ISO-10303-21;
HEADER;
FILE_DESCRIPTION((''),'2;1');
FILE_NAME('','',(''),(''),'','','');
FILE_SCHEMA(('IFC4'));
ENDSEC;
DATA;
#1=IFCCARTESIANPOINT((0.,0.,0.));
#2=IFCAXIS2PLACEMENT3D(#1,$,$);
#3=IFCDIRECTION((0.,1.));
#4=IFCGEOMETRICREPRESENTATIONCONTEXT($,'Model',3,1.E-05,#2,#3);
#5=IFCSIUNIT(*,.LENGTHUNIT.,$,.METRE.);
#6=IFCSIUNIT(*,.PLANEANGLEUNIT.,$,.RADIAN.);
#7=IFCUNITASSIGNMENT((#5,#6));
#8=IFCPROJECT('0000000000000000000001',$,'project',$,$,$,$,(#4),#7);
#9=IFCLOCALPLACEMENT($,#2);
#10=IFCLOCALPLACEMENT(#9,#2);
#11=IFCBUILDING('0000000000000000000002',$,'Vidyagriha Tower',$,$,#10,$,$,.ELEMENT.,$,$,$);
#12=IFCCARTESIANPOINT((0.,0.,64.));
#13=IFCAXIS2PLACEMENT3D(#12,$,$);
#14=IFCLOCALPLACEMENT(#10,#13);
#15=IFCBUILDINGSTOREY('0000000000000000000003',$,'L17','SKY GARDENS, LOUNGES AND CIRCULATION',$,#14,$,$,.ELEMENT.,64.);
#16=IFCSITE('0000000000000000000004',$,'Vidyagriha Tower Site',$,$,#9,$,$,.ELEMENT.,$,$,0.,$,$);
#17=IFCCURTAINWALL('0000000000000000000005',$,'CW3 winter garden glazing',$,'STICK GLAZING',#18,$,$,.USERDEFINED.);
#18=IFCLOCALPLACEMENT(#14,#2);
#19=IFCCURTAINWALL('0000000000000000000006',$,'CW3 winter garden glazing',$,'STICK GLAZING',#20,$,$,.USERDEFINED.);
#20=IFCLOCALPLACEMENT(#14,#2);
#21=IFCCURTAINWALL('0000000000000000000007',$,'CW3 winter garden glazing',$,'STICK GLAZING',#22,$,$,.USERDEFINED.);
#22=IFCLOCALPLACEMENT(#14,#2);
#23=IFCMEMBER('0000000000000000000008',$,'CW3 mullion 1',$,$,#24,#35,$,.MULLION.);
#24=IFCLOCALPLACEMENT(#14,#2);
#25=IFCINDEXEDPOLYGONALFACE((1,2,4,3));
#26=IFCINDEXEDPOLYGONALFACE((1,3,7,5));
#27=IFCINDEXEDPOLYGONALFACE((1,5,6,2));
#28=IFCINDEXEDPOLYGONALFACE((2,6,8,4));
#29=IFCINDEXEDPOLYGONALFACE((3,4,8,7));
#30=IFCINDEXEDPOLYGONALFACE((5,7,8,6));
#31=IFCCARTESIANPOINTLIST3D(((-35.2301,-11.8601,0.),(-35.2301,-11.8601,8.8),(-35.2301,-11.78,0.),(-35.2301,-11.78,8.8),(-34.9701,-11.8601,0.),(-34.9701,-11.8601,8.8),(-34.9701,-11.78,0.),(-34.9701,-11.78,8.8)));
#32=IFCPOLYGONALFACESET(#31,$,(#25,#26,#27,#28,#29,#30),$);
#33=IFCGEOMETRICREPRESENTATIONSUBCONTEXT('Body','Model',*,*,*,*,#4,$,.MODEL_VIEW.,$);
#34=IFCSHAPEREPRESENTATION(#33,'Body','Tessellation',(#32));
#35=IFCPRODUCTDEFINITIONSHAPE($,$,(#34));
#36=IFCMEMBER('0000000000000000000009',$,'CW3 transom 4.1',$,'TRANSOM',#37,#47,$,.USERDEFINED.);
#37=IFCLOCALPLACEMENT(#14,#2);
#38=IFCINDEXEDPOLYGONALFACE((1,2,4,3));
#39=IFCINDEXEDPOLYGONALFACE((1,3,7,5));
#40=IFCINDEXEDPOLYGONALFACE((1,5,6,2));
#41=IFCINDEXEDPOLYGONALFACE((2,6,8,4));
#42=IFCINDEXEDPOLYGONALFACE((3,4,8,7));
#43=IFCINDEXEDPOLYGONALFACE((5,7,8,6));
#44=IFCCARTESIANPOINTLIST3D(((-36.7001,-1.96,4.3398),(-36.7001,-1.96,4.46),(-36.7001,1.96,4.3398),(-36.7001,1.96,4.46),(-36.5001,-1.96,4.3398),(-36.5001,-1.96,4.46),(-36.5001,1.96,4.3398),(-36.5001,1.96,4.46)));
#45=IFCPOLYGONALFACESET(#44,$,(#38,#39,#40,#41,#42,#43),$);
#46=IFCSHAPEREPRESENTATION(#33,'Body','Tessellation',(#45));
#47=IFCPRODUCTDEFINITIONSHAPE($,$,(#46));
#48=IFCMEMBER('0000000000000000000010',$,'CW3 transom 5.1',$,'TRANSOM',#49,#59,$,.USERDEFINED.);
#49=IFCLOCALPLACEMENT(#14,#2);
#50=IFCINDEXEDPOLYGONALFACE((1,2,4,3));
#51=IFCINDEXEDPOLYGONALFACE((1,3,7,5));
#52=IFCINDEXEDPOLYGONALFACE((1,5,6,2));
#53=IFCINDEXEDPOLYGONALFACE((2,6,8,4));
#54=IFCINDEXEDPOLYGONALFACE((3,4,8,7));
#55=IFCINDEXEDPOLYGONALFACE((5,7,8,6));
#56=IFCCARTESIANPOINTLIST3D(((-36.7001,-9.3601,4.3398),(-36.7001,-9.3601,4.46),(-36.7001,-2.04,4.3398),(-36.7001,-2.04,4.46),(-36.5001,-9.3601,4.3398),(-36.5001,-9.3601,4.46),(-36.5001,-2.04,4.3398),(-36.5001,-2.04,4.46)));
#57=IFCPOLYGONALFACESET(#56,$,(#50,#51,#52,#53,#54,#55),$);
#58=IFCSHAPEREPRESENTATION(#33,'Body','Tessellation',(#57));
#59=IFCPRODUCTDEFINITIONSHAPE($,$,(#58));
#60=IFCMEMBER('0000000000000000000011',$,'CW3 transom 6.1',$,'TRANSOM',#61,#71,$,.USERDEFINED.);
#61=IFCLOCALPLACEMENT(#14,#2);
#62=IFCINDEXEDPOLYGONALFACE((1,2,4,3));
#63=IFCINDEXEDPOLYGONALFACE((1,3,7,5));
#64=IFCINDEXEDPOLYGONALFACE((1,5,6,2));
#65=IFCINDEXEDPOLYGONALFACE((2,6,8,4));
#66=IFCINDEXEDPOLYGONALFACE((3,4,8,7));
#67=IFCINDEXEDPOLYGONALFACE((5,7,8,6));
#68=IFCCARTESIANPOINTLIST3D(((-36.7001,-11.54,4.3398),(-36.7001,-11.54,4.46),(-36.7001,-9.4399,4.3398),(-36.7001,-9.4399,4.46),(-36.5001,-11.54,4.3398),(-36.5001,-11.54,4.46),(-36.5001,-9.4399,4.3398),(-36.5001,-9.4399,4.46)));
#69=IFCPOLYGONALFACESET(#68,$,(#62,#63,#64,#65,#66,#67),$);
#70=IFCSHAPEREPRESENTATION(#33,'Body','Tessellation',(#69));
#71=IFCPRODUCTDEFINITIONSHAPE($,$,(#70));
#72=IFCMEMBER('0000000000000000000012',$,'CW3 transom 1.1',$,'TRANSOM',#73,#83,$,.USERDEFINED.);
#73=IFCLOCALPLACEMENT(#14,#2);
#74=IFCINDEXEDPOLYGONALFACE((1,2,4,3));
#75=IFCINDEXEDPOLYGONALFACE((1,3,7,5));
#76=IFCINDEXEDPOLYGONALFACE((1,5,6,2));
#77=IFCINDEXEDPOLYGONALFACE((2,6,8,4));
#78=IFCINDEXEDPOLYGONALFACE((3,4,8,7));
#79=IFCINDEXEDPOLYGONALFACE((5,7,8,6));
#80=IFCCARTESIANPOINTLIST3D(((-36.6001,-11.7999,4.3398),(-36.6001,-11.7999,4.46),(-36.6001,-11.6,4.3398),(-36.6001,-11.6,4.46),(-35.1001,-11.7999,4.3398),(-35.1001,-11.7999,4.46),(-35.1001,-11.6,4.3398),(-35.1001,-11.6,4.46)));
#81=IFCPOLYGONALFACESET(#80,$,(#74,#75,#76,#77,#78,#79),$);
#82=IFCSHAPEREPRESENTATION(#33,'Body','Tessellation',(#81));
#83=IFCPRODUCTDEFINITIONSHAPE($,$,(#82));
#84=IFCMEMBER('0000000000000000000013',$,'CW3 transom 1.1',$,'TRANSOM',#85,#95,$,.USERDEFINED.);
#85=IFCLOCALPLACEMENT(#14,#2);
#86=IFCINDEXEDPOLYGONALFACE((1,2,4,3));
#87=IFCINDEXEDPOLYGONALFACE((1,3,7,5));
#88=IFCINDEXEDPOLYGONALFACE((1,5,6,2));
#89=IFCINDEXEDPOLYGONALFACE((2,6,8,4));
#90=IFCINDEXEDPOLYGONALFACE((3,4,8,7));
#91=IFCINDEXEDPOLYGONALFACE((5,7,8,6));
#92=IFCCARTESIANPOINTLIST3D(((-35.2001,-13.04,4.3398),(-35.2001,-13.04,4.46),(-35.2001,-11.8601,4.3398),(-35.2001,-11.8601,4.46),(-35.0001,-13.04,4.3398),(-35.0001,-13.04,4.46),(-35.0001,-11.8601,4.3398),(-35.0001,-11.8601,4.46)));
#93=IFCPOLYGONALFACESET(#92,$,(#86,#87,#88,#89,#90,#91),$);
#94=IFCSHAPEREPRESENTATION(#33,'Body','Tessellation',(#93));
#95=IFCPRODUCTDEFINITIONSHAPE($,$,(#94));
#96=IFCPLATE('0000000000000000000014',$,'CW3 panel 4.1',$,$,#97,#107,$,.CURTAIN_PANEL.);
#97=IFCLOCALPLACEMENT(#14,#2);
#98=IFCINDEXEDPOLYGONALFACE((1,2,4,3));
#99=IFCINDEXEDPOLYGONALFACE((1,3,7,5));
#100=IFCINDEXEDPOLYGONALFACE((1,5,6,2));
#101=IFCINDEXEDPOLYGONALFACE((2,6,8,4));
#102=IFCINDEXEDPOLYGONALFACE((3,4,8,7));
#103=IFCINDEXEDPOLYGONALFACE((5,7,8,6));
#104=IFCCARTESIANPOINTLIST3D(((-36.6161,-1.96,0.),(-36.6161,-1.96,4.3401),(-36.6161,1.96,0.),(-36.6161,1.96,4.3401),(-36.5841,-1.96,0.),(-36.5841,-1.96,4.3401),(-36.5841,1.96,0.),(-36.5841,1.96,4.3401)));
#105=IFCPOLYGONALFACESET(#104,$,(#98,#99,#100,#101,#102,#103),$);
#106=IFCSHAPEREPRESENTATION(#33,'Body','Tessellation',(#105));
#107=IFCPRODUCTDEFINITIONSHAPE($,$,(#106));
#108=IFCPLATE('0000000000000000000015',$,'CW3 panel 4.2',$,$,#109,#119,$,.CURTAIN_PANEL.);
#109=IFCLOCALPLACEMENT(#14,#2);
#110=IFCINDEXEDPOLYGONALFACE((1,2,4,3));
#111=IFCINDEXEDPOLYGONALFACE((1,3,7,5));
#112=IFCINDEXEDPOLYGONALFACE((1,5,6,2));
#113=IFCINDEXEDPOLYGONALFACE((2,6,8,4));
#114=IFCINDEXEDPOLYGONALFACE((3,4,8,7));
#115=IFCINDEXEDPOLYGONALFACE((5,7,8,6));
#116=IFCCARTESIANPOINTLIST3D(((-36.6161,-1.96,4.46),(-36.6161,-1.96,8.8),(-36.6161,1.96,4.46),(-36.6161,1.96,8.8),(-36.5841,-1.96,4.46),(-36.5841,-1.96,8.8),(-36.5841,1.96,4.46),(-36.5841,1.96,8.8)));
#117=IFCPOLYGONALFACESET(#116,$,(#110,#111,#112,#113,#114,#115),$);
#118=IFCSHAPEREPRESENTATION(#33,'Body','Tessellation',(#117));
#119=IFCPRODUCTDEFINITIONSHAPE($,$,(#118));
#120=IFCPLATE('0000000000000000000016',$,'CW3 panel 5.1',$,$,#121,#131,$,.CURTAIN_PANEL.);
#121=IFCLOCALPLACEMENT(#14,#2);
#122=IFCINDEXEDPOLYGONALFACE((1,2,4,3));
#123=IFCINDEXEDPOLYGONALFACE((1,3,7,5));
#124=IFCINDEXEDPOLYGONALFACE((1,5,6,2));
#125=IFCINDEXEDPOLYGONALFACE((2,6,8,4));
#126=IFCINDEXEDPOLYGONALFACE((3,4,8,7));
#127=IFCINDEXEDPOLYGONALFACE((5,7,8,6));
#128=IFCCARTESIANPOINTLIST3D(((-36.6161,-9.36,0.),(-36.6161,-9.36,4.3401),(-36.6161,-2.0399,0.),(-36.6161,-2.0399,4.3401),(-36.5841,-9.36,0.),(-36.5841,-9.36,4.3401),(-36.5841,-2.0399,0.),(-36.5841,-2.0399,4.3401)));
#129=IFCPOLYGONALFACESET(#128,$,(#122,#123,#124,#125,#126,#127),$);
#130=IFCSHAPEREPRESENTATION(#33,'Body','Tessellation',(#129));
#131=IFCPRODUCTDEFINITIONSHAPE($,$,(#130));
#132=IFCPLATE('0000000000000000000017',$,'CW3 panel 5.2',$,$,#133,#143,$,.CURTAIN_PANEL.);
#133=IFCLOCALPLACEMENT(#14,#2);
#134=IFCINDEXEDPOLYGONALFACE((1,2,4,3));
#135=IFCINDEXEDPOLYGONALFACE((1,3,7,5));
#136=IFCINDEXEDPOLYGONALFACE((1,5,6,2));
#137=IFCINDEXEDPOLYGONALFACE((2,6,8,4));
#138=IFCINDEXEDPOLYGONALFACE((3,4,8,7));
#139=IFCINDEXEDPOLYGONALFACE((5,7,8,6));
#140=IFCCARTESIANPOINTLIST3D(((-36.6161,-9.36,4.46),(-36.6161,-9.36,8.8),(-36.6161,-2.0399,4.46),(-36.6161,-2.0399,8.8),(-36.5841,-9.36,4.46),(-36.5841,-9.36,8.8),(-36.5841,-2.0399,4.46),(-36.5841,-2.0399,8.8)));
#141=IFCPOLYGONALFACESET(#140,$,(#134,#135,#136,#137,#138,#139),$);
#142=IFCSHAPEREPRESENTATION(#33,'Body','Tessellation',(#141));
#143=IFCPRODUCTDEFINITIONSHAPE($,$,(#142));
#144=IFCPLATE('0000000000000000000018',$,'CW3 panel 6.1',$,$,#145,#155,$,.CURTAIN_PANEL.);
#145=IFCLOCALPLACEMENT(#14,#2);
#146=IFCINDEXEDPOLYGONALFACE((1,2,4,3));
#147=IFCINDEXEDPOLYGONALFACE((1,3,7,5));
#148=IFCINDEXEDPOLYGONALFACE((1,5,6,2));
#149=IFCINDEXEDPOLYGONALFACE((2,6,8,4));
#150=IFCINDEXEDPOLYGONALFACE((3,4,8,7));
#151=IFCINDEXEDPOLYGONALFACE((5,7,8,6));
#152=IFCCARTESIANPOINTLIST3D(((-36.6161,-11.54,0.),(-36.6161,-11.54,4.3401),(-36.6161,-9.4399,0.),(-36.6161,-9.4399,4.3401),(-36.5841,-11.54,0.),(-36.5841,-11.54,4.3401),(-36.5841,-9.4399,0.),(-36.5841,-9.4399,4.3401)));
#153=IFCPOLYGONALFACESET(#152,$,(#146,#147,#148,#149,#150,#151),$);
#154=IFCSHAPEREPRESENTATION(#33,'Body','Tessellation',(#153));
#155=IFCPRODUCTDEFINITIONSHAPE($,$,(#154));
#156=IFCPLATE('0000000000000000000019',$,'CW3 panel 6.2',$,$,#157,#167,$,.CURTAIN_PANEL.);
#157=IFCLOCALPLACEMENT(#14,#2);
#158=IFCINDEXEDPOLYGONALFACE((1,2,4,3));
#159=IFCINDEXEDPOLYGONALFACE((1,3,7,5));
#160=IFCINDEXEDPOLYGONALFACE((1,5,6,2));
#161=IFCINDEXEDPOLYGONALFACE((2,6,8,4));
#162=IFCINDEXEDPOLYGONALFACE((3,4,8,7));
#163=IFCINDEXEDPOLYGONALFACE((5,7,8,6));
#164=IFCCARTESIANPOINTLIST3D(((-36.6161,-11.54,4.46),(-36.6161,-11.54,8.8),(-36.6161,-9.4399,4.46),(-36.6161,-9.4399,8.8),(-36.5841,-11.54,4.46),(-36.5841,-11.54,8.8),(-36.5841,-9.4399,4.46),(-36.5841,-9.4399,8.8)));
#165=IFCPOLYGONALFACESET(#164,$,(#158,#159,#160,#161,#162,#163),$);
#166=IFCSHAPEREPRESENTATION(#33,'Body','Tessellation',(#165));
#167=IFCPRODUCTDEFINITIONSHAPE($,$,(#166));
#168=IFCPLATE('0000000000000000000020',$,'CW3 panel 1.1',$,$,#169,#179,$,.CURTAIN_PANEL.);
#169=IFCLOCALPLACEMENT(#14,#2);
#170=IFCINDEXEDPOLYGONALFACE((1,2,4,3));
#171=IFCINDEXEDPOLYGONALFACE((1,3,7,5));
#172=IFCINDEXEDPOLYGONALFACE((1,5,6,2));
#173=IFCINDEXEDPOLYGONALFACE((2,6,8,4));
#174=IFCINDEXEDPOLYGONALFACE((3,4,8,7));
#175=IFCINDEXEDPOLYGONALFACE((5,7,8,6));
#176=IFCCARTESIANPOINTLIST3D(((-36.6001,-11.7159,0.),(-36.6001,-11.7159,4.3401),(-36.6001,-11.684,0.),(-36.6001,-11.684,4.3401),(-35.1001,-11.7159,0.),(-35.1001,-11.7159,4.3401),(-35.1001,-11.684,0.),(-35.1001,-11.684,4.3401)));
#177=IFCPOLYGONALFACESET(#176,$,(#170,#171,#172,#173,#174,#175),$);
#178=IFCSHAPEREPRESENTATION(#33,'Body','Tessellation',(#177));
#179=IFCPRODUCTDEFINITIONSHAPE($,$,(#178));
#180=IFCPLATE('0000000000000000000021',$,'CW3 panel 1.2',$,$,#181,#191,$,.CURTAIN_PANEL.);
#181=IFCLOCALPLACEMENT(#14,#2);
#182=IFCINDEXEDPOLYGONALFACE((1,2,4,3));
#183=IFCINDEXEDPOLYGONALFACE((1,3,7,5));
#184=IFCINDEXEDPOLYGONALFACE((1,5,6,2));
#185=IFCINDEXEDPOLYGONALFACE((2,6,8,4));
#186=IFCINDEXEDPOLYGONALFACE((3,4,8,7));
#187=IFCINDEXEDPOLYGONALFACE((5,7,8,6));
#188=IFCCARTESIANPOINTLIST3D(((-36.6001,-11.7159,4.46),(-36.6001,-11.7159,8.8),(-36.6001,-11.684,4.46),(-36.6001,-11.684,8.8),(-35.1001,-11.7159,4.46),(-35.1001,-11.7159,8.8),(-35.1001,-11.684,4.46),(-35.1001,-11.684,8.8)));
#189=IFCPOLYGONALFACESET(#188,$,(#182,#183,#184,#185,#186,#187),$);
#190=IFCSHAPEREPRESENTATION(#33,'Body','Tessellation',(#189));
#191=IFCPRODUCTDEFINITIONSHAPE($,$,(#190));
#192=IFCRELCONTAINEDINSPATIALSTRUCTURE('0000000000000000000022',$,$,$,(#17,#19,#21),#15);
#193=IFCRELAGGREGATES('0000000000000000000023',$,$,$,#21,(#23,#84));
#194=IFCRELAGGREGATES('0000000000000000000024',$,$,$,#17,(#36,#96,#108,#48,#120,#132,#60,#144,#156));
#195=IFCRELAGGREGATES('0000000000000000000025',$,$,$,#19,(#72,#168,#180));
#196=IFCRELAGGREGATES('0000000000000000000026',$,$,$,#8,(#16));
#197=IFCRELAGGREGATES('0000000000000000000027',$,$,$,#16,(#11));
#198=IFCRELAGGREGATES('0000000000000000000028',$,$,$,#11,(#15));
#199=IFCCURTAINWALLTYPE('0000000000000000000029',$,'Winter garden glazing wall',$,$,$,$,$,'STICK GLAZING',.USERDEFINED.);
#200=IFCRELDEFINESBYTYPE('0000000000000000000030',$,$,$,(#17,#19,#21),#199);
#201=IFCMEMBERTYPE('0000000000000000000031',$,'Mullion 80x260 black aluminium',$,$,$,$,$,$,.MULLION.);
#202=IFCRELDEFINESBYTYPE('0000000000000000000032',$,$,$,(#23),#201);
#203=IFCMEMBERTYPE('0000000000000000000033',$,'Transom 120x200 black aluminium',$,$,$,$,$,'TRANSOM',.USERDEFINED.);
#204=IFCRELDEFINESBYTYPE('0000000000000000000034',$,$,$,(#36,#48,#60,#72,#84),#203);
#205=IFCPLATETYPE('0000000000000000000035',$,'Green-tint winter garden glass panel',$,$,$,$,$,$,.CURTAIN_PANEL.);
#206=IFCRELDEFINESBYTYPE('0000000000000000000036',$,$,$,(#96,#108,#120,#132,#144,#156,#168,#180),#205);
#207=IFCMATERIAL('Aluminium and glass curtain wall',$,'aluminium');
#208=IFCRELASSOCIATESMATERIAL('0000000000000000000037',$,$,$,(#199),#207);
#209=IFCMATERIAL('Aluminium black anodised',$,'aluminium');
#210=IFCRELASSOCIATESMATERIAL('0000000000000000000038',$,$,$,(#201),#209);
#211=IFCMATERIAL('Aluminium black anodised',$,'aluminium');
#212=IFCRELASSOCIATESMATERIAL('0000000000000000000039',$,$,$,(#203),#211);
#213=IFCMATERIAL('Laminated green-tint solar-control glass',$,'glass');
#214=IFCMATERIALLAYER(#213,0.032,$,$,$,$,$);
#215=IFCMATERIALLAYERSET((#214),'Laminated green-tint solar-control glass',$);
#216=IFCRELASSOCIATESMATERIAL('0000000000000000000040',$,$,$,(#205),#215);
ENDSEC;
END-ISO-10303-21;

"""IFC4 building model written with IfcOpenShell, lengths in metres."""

from ifc_helpers import new_model, si_unit, direction, frame, origin, origin_2d, place, context, subcontext, project, spatial, rectangle, extrude, material, layer, layer_set, material_profile, profile_set, type_object, element, aggregate, save


model = new_model("IFC4")

# Units and contexts
model_context = context("Model", 3, precision=1e-05, world=origin(), true_north=direction((0.0, 1.0)))
body_context = subcontext(model_context, "Body", "Model", "MODEL_VIEW")
ifc_project = project(units=[si_unit("LENGTHUNIT", "METRE"), si_unit("PLANEANGLEUNIT", "RADIAN")], contexts=[model_context])

# Site, building, storey
site_placement = place(None, origin())
site = spatial("IfcSite", under=ifc_project, at=site_placement, Name="Vidyagriha Tower Site", CompositionType="ELEMENT", RefElevation=0.0)
building_placement = place(site_placement, origin())
building = spatial("IfcBuilding", under=site, at=building_placement, Name="Vidyagriha Tower", CompositionType="ELEMENT")
storey_placement = place(building_placement, frame((0.0, 0.0, 64.0)))
storey = spatial("IfcBuildingStorey", under=building, at=storey_placement, Name="L17", Description="SKY GARDENS, LOUNGES AND CIRCULATION", CompositionType="ELEMENT", Elevation=64.0)

# Curtain walls
ifc_material_1 = material(Name="Aluminium and glass curtain wall", Category="aluminium")
curtain_wall_type = type_object("IfcCurtainWallType", Name="Winter garden glazing wall", ElementType="STICK GLAZING", PredefinedType="USERDEFINED", material=ifc_material_1)
curtain_wall_1_placement = place(storey_placement, origin())
curtain_wall_1 = element("IfcCurtainWall", 1, at=curtain_wall_1_placement, inside=storey, type_object=curtain_wall_type, Name="CW3 winter garden glazing", ObjectType="STICK GLAZING", PredefinedType="USERDEFINED")
ifc_material_2 = material(Name="Aluminium black anodised", Category="aluminium")
ifc_material_profile_1 = material_profile(ifc_material_2, rectangle(XDim=0.26, YDim=0.0801, at=origin_2d()), Name="Mullion 80x260 black aluminium")
ifc_profile_set_1 = profile_set([ifc_material_profile_1], Name="Aluminium black anodised")
member_type_1 = type_object("IfcMemberType", Name="Mullion 80x260 black aluminium", PredefinedType="MULLION", material=ifc_profile_set_1)
curtain_wall_2_placement = place(storey_placement, origin())
curtain_wall_2 = element("IfcCurtainWall", 2, at=curtain_wall_2_placement, inside=storey, type_object=curtain_wall_type, Name="CW3 winter garden glazing", ObjectType="STICK GLAZING", PredefinedType="USERDEFINED")

# Curtain wall, member
curtain_wall_3_placement = place(storey_placement, origin())
curtain_wall_3 = element("IfcCurtainWall", 3, at=curtain_wall_3_placement, inside=storey, type_object=curtain_wall_type, Name="CW3 winter garden glazing", ObjectType="STICK GLAZING", PredefinedType="USERDEFINED")
member_1_placement = place(storey_placement, frame((-35.1001, -11.8201, 0.0)))
member_1 = element("IfcMember", 4, at=member_1_placement, type_object=member_type_1, Name="CW3 mullion 1", PredefinedType="MULLION", context=body_context, shape_type="SweptSolid", body=[
    extrude(rectangle(XDim=0.26, YDim=0.0801, at=origin_2d()), origin(), (0.0, 0.0, 1.0), 8.8),
])

# Members
ifc_material_3 = material(Name="Aluminium black anodised", Category="aluminium")
ifc_material_profile_2 = material_profile(ifc_material_3, rectangle(XDim=0.2, YDim=0.1201, at=origin_2d()), Name="Transom 120x200 black aluminium")
ifc_profile_set_2 = profile_set([ifc_material_profile_2], Name="Aluminium black anodised")
member_type_2 = type_object("IfcMemberType", Name="Transom 120x200 black aluminium", ElementType="TRANSOM", PredefinedType="USERDEFINED", material=ifc_profile_set_2)
member_2_placement = place(storey_placement, frame((-36.6001, 1.96, 4.3999), z_axis=(0.0, -1.0, 0.0), x_axis=(1.0, 0.0, 0.0)))
member_2 = element("IfcMember", 5, at=member_2_placement, type_object=member_type_2, Name="CW3 transom 4.1", ObjectType="TRANSOM", PredefinedType="USERDEFINED", context=body_context, shape_type="SweptSolid", body=[
    extrude(rectangle(XDim=0.2, YDim=0.1201, at=origin_2d()), origin(), (0.0, 0.0, 1.0), 3.9199),
])
member_3_placement = place(storey_placement, frame((-36.6001, -2.04, 4.3999), z_axis=(0.0, -1.0, 0.0), x_axis=(1.0, 0.0, 0.0)))
member_3 = element("IfcMember", 6, at=member_3_placement, type_object=member_type_2, Name="CW3 transom 5.1", ObjectType="TRANSOM", PredefinedType="USERDEFINED", context=body_context, shape_type="SweptSolid", body=[
    extrude(rectangle(XDim=0.2, YDim=0.1201, at=origin_2d()), origin(), (0.0, 0.0, 1.0), 7.3201),
])
member_4_placement = place(storey_placement, frame((-36.6001, -9.4399, 4.3999), z_axis=(0.0, -1.0, 0.0), x_axis=(1.0, 0.0, 0.0)))
member_4 = element("IfcMember", 7, at=member_4_placement, type_object=member_type_2, Name="CW3 transom 6.1", ObjectType="TRANSOM", PredefinedType="USERDEFINED", context=body_context, shape_type="SweptSolid", body=[
    extrude(rectangle(XDim=0.2, YDim=0.1201, at=origin_2d()), origin(), (0.0, 0.0, 1.0), 2.1001),
])
member_5_placement = place(storey_placement, frame((-36.6001, -11.7, 4.3999), z_axis=(1.0, 0.0, 0.0), x_axis=(0.0, 1.0, 0.0)))
member_5 = element("IfcMember", 8, at=member_5_placement, type_object=member_type_2, Name="CW3 transom 1.1", ObjectType="TRANSOM", PredefinedType="USERDEFINED", context=body_context, shape_type="SweptSolid", body=[
    extrude(rectangle(XDim=0.2, YDim=0.1201, at=origin_2d()), origin(), (0.0, 0.0, 1.0), 1.5),
])
member_6_placement = place(storey_placement, frame((-35.1001, -11.8601, 4.3999), z_axis=(0.0, -1.0, 0.0), x_axis=(1.0, 0.0, 0.0)))
member_6 = element("IfcMember", 9, at=member_6_placement, type_object=member_type_2, Name="CW3 transom 1.1", ObjectType="TRANSOM", PredefinedType="USERDEFINED", context=body_context, shape_type="SweptSolid", body=[
    extrude(rectangle(XDim=0.2, YDim=0.1201, at=origin_2d()), origin(), (0.0, 0.0, 1.0), 1.1799),
])
aggregate(curtain_wall_3, [member_1, member_6])

# Plates
ifc_material_4 = material(Name="Laminated green-tint solar-control glass", Category="glass")
ifc_layer_1 = layer(ifc_material_4, 0.032)
ifc_layer_set_1 = layer_set([ifc_layer_1], Name="Laminated green-tint solar-control glass")
plate_type = type_object("IfcPlateType", Name="Green-tint winter garden glass panel", PredefinedType="CURTAIN_PANEL", material=ifc_layer_set_1)
plate_1_placement = place(storey_placement, frame((-36.6001, 0.0, 0.0), z_axis=(0.0, 0.0, 1.0), x_axis=(0.0, -1.0, 0.0)))
plate_1 = element("IfcPlate", 10, at=plate_1_placement, type_object=plate_type, Name="CW3 panel 4.1", PredefinedType="CURTAIN_PANEL", context=body_context, shape_type="SweptSolid", body=[
    extrude(rectangle(XDim=3.9199, YDim=0.032, at=origin_2d()), origin(), (0.0, 0.0, 1.0), 4.3401),
])
plate_2_placement = place(storey_placement, frame((-36.6001, 0.0, 4.46), z_axis=(0.0, 0.0, 1.0), x_axis=(0.0, -1.0, 0.0)))
plate_2 = element("IfcPlate", 11, at=plate_2_placement, type_object=plate_type, Name="CW3 panel 4.2", PredefinedType="CURTAIN_PANEL", context=body_context, shape_type="SweptSolid", body=[
    extrude(rectangle(XDim=3.9199, YDim=0.032, at=origin_2d()), origin(), (0.0, 0.0, 1.0), 4.3401),
])
plate_3_placement = place(storey_placement, frame((-36.6001, -5.7, 0.0), z_axis=(0.0, 0.0, 1.0), x_axis=(0.0, -1.0, 0.0)))
plate_3 = element("IfcPlate", 12, at=plate_3_placement, type_object=plate_type, Name="CW3 panel 5.1", PredefinedType="CURTAIN_PANEL", context=body_context, shape_type="SweptSolid", body=[
    extrude(rectangle(XDim=7.3201, YDim=0.032, at=origin_2d()), origin(), (0.0, 0.0, 1.0), 4.3401),
])
plate_4_placement = place(storey_placement, frame((-36.6001, -5.7, 4.46), z_axis=(0.0, 0.0, 1.0), x_axis=(0.0, -1.0, 0.0)))
plate_4 = element("IfcPlate", 13, at=plate_4_placement, type_object=plate_type, Name="CW3 panel 5.2", PredefinedType="CURTAIN_PANEL", context=body_context, shape_type="SweptSolid", body=[
    extrude(rectangle(XDim=7.3201, YDim=0.032, at=origin_2d()), origin(), (0.0, 0.0, 1.0), 4.3401),
])
plate_5_placement = place(storey_placement, frame((-36.6001, -10.49, 0.0), z_axis=(0.0, 0.0, 1.0), x_axis=(0.0, -1.0, 0.0)))
plate_5 = element("IfcPlate", 14, at=plate_5_placement, type_object=plate_type, Name="CW3 panel 6.1", PredefinedType="CURTAIN_PANEL", context=body_context, shape_type="SweptSolid", body=[
    extrude(rectangle(XDim=2.1001, YDim=0.032, at=origin_2d()), origin(), (0.0, 0.0, 1.0), 4.3401),
])
plate_6_placement = place(storey_placement, frame((-36.6001, -10.49, 4.46), z_axis=(0.0, 0.0, 1.0), x_axis=(0.0, -1.0, 0.0)))
plate_6 = element("IfcPlate", 15, at=plate_6_placement, type_object=plate_type, Name="CW3 panel 6.2", PredefinedType="CURTAIN_PANEL", context=body_context, shape_type="SweptSolid", body=[
    extrude(rectangle(XDim=2.1001, YDim=0.032, at=origin_2d()), origin(), (0.0, 0.0, 1.0), 4.3401),
])
aggregate(curtain_wall_1, [member_2, plate_1, plate_2, member_3, plate_3, plate_4, member_4, plate_5, plate_6])
plate_7_placement = place(storey_placement, frame((-35.8501, -11.7, 0.0)))
plate_7 = element("IfcPlate", 16, at=plate_7_placement, type_object=plate_type, Name="CW3 panel 1.1", PredefinedType="CURTAIN_PANEL", context=body_context, shape_type="SweptSolid", body=[
    extrude(rectangle(XDim=1.5, YDim=0.032, at=origin_2d()), origin(), (0.0, 0.0, 1.0), 4.3401),
])
plate_8_placement = place(storey_placement, frame((-35.8501, -11.7, 4.46)))
plate_8 = element("IfcPlate", 17, at=plate_8_placement, type_object=plate_type, Name="CW3 panel 1.2", PredefinedType="CURTAIN_PANEL", context=body_context, shape_type="SweptSolid", body=[
    extrude(rectangle(XDim=1.5, YDim=0.032, at=origin_2d()), origin(), (0.0, 0.0, 1.0), 4.3401),
])
aggregate(curtain_wall_2, [member_5, plate_7, plate_8])

save(model, "model.ifc")
